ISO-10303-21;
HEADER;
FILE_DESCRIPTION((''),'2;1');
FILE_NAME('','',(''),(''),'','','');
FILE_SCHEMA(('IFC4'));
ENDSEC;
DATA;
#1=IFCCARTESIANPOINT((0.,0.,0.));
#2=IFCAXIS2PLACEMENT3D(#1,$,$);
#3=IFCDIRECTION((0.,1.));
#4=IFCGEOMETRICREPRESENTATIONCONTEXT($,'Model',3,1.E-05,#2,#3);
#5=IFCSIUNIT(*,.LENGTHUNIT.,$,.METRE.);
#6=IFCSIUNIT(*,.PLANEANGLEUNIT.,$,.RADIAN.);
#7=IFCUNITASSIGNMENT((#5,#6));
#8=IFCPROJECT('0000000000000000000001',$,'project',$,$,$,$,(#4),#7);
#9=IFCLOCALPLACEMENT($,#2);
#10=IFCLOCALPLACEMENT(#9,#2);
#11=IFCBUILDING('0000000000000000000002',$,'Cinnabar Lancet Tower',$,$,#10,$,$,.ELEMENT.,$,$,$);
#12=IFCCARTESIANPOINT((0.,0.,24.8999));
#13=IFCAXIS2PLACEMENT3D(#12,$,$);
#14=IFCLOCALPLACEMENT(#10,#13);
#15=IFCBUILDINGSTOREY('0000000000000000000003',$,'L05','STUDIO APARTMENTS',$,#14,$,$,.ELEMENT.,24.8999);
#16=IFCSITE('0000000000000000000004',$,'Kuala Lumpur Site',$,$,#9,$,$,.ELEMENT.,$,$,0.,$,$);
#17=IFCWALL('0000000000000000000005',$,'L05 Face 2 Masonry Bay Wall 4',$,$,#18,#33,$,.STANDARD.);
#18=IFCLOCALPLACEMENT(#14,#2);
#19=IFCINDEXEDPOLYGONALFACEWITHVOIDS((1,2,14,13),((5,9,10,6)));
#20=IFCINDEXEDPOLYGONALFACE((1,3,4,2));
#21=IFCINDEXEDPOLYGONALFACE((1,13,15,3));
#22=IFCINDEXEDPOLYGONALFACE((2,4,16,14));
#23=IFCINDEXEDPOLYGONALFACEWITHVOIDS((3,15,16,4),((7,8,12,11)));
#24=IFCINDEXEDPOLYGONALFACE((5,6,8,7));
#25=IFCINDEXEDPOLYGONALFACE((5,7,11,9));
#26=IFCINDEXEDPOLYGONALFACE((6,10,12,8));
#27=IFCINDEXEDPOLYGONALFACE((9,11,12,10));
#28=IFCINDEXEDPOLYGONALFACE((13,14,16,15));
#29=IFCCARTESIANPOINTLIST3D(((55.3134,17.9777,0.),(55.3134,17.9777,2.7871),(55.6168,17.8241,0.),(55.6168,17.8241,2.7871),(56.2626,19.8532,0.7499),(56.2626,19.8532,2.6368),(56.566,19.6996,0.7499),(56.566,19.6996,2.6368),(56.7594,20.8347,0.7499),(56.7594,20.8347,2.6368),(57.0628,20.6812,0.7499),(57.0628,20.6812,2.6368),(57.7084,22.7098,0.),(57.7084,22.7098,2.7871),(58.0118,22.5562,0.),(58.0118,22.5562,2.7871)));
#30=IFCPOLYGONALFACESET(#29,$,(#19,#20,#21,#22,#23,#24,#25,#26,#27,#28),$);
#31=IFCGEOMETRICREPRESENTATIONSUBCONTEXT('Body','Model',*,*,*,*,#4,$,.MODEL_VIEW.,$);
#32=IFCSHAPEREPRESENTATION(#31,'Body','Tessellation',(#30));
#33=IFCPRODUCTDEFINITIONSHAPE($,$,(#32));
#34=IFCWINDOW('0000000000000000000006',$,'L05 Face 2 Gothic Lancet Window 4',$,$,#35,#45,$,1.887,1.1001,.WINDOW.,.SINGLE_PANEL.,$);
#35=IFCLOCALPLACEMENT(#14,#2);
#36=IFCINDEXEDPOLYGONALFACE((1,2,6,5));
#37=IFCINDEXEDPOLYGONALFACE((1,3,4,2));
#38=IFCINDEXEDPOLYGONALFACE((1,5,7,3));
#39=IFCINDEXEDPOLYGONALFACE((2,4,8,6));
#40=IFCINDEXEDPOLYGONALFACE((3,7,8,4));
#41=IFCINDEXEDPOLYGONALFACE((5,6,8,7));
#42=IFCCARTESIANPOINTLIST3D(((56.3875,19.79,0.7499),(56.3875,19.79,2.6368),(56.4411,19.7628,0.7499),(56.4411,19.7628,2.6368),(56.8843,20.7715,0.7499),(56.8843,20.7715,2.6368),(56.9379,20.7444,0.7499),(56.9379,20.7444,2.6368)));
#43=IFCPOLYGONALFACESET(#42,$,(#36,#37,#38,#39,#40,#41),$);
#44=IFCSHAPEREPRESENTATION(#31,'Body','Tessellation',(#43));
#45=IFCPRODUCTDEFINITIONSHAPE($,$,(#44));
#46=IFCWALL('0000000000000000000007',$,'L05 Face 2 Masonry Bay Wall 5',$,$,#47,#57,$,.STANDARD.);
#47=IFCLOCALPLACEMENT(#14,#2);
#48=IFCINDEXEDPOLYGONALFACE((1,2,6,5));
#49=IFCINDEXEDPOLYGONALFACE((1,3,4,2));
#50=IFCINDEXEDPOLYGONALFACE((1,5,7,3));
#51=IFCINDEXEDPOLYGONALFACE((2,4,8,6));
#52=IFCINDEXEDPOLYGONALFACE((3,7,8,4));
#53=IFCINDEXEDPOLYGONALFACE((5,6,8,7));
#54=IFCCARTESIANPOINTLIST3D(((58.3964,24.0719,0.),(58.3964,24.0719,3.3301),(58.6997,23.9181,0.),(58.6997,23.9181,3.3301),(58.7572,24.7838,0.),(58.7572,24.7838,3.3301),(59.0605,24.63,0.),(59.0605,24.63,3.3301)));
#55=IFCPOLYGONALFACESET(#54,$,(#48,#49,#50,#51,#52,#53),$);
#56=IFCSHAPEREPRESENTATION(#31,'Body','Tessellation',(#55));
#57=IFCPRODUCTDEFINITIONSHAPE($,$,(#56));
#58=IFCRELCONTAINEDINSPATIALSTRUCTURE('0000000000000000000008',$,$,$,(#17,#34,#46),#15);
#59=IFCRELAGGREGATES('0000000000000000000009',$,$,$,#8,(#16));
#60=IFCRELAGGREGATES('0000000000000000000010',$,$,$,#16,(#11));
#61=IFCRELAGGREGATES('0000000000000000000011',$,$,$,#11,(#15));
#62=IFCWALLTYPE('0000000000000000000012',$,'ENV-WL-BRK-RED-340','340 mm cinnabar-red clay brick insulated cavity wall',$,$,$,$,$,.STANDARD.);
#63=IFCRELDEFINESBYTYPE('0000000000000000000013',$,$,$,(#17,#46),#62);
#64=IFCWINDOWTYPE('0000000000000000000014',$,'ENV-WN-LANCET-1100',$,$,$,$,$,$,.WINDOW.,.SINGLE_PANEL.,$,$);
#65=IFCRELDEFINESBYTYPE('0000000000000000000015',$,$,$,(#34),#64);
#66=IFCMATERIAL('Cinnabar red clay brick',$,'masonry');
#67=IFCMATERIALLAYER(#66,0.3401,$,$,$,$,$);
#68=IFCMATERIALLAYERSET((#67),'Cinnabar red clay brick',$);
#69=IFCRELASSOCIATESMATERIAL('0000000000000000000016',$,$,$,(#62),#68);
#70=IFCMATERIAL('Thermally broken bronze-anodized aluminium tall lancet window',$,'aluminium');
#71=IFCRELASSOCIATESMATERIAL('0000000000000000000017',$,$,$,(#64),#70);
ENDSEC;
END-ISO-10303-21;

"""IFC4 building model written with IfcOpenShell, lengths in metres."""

from ifc_helpers import new_model, si_unit, direction, frame, frame_2d, origin, place, context, subcontext, project, spatial, rectangle, extrude, material, layer, layer_set, type_object, element, fill, save


model = new_model("IFC4")

# Units and contexts
model_context = context("Model", 3, precision=1e-05, world=origin(), true_north=direction((0.0, 1.0)))
body_context = subcontext(model_context, "Body", "Model", "MODEL_VIEW")
ifc_project = project(units=[si_unit("LENGTHUNIT", "METRE"), si_unit("PLANEANGLEUNIT", "RADIAN")], contexts=[model_context])

# Site, building, storey
site_placement = place(None, origin())
site = spatial("IfcSite", under=ifc_project, at=site_placement, Name="Kuala Lumpur Site", CompositionType="ELEMENT", RefElevation=0.0)
building_placement = place(site_placement, origin())
building = spatial("IfcBuilding", under=site, at=building_placement, Name="Cinnabar Lancet Tower", CompositionType="ELEMENT")
storey_placement = place(building_placement, frame((0.0, 0.0, 24.8999)))
storey = spatial("IfcBuildingStorey", under=building, at=storey_placement, Name="L05", Description="STUDIO APARTMENTS", CompositionType="ELEMENT", Elevation=24.8999)

# Wall, opening, window
ifc_material_1 = material(Name="Cinnabar red clay brick", Category="masonry")
ifc_layer_1 = layer(ifc_material_1, 0.3401)
ifc_layer_set_1 = layer_set([ifc_layer_1], Name="Cinnabar red clay brick")
wall_type_1 = type_object("IfcWallType", Name="ENV-WL-BRK-RED-340", Description="340 mm cinnabar-red clay brick insulated cavity wall", PredefinedType="STANDARD", material=ifc_layer_set_1)
ifc_material_2 = material(Name="Thermally broken bronze-anodized aluminium tall lancet window", Category="aluminium")
window_type = type_object("IfcWindowType", Name="ENV-WN-LANCET-1100", PartitioningType="SINGLE_PANEL", PredefinedType="WINDOW", material=ifc_material_2)
wall_1_placement = place(storey_placement, frame((55.4651, 17.9009, 0.0), z_axis=(0.0, 0.0, 1.0), x_axis=(0.451572, 0.892235, 0.0)))
wall_1 = element("IfcWall", 1, at=wall_1_placement, inside=storey, type_object=wall_type_1, Name="L05 Face 2 Masonry Bay Wall 4", PredefinedType="STANDARD", context=body_context, shape_type="SweptSolid", body=[
    extrude(rectangle(XDim=5.3037, YDim=0.3401, at=frame_2d((2.6519, 0.0))), origin(), (0.0, 0.0, 1.0), 2.7871),
])
opening_1_placement = place(wall_1_placement, frame((2.1021, 0.0, 0.75)))
opening_1 = element("IfcOpeningElement", 2, at=opening_1_placement, cuts=wall_1, PredefinedType="OPENING", context=body_context, shape_type="SweptSolid", body=[
    extrude(rectangle(XDim=1.1001, YDim=1.887, at=frame_2d((0.55, 0.9434))), frame((0.0, 0.1799, 0.0), z_axis=(0.0, -1.0, 0.0), x_axis=(1.0, 0.0, 0.0)), (0.0, 0.0, 1.0), 0.3601),
])
window_1_placement = place(opening_1_placement, origin())
window_1 = element("IfcWindow", 3, at=window_1_placement, inside=storey, type_object=window_type, Name="L05 Face 2 Gothic Lancet Window 4", OverallHeight=1.887, OverallWidth=1.1001, PartitioningType="SINGLE_PANEL", PredefinedType="WINDOW", context=body_context, shape_type="SweptSolid", body=[
    extrude(rectangle(XDim=1.1001, YDim=1.887, at=frame_2d((0.55, 0.9434))), frame((0.0, 0.03, 0.0), z_axis=(0.0, -1.0, 0.0), x_axis=(1.0, 0.0, 0.0)), (0.0, 0.0, 1.0), 0.0601),
])
fill(opening_1, window_1)

# Wall
wall_2_placement = place(storey_placement, frame((58.5481, 23.9951, 0.0), z_axis=(0.0, 0.0, 1.0), x_axis=(0.452101, 0.891967, 0.0)))
element("IfcWall", 4, at=wall_2_placement, inside=storey, type_object=wall_type_1, Name="L05 Face 2 Masonry Bay Wall 5", PredefinedType="STANDARD", context=body_context, shape_type="SweptSolid", body=[
    extrude(rectangle(XDim=0.7981, YDim=0.3401, at=frame_2d((0.3989, 0.0))), origin(), (0.0, 0.0, 1.0), 3.3301),
])

save(model, "model.ifc")
